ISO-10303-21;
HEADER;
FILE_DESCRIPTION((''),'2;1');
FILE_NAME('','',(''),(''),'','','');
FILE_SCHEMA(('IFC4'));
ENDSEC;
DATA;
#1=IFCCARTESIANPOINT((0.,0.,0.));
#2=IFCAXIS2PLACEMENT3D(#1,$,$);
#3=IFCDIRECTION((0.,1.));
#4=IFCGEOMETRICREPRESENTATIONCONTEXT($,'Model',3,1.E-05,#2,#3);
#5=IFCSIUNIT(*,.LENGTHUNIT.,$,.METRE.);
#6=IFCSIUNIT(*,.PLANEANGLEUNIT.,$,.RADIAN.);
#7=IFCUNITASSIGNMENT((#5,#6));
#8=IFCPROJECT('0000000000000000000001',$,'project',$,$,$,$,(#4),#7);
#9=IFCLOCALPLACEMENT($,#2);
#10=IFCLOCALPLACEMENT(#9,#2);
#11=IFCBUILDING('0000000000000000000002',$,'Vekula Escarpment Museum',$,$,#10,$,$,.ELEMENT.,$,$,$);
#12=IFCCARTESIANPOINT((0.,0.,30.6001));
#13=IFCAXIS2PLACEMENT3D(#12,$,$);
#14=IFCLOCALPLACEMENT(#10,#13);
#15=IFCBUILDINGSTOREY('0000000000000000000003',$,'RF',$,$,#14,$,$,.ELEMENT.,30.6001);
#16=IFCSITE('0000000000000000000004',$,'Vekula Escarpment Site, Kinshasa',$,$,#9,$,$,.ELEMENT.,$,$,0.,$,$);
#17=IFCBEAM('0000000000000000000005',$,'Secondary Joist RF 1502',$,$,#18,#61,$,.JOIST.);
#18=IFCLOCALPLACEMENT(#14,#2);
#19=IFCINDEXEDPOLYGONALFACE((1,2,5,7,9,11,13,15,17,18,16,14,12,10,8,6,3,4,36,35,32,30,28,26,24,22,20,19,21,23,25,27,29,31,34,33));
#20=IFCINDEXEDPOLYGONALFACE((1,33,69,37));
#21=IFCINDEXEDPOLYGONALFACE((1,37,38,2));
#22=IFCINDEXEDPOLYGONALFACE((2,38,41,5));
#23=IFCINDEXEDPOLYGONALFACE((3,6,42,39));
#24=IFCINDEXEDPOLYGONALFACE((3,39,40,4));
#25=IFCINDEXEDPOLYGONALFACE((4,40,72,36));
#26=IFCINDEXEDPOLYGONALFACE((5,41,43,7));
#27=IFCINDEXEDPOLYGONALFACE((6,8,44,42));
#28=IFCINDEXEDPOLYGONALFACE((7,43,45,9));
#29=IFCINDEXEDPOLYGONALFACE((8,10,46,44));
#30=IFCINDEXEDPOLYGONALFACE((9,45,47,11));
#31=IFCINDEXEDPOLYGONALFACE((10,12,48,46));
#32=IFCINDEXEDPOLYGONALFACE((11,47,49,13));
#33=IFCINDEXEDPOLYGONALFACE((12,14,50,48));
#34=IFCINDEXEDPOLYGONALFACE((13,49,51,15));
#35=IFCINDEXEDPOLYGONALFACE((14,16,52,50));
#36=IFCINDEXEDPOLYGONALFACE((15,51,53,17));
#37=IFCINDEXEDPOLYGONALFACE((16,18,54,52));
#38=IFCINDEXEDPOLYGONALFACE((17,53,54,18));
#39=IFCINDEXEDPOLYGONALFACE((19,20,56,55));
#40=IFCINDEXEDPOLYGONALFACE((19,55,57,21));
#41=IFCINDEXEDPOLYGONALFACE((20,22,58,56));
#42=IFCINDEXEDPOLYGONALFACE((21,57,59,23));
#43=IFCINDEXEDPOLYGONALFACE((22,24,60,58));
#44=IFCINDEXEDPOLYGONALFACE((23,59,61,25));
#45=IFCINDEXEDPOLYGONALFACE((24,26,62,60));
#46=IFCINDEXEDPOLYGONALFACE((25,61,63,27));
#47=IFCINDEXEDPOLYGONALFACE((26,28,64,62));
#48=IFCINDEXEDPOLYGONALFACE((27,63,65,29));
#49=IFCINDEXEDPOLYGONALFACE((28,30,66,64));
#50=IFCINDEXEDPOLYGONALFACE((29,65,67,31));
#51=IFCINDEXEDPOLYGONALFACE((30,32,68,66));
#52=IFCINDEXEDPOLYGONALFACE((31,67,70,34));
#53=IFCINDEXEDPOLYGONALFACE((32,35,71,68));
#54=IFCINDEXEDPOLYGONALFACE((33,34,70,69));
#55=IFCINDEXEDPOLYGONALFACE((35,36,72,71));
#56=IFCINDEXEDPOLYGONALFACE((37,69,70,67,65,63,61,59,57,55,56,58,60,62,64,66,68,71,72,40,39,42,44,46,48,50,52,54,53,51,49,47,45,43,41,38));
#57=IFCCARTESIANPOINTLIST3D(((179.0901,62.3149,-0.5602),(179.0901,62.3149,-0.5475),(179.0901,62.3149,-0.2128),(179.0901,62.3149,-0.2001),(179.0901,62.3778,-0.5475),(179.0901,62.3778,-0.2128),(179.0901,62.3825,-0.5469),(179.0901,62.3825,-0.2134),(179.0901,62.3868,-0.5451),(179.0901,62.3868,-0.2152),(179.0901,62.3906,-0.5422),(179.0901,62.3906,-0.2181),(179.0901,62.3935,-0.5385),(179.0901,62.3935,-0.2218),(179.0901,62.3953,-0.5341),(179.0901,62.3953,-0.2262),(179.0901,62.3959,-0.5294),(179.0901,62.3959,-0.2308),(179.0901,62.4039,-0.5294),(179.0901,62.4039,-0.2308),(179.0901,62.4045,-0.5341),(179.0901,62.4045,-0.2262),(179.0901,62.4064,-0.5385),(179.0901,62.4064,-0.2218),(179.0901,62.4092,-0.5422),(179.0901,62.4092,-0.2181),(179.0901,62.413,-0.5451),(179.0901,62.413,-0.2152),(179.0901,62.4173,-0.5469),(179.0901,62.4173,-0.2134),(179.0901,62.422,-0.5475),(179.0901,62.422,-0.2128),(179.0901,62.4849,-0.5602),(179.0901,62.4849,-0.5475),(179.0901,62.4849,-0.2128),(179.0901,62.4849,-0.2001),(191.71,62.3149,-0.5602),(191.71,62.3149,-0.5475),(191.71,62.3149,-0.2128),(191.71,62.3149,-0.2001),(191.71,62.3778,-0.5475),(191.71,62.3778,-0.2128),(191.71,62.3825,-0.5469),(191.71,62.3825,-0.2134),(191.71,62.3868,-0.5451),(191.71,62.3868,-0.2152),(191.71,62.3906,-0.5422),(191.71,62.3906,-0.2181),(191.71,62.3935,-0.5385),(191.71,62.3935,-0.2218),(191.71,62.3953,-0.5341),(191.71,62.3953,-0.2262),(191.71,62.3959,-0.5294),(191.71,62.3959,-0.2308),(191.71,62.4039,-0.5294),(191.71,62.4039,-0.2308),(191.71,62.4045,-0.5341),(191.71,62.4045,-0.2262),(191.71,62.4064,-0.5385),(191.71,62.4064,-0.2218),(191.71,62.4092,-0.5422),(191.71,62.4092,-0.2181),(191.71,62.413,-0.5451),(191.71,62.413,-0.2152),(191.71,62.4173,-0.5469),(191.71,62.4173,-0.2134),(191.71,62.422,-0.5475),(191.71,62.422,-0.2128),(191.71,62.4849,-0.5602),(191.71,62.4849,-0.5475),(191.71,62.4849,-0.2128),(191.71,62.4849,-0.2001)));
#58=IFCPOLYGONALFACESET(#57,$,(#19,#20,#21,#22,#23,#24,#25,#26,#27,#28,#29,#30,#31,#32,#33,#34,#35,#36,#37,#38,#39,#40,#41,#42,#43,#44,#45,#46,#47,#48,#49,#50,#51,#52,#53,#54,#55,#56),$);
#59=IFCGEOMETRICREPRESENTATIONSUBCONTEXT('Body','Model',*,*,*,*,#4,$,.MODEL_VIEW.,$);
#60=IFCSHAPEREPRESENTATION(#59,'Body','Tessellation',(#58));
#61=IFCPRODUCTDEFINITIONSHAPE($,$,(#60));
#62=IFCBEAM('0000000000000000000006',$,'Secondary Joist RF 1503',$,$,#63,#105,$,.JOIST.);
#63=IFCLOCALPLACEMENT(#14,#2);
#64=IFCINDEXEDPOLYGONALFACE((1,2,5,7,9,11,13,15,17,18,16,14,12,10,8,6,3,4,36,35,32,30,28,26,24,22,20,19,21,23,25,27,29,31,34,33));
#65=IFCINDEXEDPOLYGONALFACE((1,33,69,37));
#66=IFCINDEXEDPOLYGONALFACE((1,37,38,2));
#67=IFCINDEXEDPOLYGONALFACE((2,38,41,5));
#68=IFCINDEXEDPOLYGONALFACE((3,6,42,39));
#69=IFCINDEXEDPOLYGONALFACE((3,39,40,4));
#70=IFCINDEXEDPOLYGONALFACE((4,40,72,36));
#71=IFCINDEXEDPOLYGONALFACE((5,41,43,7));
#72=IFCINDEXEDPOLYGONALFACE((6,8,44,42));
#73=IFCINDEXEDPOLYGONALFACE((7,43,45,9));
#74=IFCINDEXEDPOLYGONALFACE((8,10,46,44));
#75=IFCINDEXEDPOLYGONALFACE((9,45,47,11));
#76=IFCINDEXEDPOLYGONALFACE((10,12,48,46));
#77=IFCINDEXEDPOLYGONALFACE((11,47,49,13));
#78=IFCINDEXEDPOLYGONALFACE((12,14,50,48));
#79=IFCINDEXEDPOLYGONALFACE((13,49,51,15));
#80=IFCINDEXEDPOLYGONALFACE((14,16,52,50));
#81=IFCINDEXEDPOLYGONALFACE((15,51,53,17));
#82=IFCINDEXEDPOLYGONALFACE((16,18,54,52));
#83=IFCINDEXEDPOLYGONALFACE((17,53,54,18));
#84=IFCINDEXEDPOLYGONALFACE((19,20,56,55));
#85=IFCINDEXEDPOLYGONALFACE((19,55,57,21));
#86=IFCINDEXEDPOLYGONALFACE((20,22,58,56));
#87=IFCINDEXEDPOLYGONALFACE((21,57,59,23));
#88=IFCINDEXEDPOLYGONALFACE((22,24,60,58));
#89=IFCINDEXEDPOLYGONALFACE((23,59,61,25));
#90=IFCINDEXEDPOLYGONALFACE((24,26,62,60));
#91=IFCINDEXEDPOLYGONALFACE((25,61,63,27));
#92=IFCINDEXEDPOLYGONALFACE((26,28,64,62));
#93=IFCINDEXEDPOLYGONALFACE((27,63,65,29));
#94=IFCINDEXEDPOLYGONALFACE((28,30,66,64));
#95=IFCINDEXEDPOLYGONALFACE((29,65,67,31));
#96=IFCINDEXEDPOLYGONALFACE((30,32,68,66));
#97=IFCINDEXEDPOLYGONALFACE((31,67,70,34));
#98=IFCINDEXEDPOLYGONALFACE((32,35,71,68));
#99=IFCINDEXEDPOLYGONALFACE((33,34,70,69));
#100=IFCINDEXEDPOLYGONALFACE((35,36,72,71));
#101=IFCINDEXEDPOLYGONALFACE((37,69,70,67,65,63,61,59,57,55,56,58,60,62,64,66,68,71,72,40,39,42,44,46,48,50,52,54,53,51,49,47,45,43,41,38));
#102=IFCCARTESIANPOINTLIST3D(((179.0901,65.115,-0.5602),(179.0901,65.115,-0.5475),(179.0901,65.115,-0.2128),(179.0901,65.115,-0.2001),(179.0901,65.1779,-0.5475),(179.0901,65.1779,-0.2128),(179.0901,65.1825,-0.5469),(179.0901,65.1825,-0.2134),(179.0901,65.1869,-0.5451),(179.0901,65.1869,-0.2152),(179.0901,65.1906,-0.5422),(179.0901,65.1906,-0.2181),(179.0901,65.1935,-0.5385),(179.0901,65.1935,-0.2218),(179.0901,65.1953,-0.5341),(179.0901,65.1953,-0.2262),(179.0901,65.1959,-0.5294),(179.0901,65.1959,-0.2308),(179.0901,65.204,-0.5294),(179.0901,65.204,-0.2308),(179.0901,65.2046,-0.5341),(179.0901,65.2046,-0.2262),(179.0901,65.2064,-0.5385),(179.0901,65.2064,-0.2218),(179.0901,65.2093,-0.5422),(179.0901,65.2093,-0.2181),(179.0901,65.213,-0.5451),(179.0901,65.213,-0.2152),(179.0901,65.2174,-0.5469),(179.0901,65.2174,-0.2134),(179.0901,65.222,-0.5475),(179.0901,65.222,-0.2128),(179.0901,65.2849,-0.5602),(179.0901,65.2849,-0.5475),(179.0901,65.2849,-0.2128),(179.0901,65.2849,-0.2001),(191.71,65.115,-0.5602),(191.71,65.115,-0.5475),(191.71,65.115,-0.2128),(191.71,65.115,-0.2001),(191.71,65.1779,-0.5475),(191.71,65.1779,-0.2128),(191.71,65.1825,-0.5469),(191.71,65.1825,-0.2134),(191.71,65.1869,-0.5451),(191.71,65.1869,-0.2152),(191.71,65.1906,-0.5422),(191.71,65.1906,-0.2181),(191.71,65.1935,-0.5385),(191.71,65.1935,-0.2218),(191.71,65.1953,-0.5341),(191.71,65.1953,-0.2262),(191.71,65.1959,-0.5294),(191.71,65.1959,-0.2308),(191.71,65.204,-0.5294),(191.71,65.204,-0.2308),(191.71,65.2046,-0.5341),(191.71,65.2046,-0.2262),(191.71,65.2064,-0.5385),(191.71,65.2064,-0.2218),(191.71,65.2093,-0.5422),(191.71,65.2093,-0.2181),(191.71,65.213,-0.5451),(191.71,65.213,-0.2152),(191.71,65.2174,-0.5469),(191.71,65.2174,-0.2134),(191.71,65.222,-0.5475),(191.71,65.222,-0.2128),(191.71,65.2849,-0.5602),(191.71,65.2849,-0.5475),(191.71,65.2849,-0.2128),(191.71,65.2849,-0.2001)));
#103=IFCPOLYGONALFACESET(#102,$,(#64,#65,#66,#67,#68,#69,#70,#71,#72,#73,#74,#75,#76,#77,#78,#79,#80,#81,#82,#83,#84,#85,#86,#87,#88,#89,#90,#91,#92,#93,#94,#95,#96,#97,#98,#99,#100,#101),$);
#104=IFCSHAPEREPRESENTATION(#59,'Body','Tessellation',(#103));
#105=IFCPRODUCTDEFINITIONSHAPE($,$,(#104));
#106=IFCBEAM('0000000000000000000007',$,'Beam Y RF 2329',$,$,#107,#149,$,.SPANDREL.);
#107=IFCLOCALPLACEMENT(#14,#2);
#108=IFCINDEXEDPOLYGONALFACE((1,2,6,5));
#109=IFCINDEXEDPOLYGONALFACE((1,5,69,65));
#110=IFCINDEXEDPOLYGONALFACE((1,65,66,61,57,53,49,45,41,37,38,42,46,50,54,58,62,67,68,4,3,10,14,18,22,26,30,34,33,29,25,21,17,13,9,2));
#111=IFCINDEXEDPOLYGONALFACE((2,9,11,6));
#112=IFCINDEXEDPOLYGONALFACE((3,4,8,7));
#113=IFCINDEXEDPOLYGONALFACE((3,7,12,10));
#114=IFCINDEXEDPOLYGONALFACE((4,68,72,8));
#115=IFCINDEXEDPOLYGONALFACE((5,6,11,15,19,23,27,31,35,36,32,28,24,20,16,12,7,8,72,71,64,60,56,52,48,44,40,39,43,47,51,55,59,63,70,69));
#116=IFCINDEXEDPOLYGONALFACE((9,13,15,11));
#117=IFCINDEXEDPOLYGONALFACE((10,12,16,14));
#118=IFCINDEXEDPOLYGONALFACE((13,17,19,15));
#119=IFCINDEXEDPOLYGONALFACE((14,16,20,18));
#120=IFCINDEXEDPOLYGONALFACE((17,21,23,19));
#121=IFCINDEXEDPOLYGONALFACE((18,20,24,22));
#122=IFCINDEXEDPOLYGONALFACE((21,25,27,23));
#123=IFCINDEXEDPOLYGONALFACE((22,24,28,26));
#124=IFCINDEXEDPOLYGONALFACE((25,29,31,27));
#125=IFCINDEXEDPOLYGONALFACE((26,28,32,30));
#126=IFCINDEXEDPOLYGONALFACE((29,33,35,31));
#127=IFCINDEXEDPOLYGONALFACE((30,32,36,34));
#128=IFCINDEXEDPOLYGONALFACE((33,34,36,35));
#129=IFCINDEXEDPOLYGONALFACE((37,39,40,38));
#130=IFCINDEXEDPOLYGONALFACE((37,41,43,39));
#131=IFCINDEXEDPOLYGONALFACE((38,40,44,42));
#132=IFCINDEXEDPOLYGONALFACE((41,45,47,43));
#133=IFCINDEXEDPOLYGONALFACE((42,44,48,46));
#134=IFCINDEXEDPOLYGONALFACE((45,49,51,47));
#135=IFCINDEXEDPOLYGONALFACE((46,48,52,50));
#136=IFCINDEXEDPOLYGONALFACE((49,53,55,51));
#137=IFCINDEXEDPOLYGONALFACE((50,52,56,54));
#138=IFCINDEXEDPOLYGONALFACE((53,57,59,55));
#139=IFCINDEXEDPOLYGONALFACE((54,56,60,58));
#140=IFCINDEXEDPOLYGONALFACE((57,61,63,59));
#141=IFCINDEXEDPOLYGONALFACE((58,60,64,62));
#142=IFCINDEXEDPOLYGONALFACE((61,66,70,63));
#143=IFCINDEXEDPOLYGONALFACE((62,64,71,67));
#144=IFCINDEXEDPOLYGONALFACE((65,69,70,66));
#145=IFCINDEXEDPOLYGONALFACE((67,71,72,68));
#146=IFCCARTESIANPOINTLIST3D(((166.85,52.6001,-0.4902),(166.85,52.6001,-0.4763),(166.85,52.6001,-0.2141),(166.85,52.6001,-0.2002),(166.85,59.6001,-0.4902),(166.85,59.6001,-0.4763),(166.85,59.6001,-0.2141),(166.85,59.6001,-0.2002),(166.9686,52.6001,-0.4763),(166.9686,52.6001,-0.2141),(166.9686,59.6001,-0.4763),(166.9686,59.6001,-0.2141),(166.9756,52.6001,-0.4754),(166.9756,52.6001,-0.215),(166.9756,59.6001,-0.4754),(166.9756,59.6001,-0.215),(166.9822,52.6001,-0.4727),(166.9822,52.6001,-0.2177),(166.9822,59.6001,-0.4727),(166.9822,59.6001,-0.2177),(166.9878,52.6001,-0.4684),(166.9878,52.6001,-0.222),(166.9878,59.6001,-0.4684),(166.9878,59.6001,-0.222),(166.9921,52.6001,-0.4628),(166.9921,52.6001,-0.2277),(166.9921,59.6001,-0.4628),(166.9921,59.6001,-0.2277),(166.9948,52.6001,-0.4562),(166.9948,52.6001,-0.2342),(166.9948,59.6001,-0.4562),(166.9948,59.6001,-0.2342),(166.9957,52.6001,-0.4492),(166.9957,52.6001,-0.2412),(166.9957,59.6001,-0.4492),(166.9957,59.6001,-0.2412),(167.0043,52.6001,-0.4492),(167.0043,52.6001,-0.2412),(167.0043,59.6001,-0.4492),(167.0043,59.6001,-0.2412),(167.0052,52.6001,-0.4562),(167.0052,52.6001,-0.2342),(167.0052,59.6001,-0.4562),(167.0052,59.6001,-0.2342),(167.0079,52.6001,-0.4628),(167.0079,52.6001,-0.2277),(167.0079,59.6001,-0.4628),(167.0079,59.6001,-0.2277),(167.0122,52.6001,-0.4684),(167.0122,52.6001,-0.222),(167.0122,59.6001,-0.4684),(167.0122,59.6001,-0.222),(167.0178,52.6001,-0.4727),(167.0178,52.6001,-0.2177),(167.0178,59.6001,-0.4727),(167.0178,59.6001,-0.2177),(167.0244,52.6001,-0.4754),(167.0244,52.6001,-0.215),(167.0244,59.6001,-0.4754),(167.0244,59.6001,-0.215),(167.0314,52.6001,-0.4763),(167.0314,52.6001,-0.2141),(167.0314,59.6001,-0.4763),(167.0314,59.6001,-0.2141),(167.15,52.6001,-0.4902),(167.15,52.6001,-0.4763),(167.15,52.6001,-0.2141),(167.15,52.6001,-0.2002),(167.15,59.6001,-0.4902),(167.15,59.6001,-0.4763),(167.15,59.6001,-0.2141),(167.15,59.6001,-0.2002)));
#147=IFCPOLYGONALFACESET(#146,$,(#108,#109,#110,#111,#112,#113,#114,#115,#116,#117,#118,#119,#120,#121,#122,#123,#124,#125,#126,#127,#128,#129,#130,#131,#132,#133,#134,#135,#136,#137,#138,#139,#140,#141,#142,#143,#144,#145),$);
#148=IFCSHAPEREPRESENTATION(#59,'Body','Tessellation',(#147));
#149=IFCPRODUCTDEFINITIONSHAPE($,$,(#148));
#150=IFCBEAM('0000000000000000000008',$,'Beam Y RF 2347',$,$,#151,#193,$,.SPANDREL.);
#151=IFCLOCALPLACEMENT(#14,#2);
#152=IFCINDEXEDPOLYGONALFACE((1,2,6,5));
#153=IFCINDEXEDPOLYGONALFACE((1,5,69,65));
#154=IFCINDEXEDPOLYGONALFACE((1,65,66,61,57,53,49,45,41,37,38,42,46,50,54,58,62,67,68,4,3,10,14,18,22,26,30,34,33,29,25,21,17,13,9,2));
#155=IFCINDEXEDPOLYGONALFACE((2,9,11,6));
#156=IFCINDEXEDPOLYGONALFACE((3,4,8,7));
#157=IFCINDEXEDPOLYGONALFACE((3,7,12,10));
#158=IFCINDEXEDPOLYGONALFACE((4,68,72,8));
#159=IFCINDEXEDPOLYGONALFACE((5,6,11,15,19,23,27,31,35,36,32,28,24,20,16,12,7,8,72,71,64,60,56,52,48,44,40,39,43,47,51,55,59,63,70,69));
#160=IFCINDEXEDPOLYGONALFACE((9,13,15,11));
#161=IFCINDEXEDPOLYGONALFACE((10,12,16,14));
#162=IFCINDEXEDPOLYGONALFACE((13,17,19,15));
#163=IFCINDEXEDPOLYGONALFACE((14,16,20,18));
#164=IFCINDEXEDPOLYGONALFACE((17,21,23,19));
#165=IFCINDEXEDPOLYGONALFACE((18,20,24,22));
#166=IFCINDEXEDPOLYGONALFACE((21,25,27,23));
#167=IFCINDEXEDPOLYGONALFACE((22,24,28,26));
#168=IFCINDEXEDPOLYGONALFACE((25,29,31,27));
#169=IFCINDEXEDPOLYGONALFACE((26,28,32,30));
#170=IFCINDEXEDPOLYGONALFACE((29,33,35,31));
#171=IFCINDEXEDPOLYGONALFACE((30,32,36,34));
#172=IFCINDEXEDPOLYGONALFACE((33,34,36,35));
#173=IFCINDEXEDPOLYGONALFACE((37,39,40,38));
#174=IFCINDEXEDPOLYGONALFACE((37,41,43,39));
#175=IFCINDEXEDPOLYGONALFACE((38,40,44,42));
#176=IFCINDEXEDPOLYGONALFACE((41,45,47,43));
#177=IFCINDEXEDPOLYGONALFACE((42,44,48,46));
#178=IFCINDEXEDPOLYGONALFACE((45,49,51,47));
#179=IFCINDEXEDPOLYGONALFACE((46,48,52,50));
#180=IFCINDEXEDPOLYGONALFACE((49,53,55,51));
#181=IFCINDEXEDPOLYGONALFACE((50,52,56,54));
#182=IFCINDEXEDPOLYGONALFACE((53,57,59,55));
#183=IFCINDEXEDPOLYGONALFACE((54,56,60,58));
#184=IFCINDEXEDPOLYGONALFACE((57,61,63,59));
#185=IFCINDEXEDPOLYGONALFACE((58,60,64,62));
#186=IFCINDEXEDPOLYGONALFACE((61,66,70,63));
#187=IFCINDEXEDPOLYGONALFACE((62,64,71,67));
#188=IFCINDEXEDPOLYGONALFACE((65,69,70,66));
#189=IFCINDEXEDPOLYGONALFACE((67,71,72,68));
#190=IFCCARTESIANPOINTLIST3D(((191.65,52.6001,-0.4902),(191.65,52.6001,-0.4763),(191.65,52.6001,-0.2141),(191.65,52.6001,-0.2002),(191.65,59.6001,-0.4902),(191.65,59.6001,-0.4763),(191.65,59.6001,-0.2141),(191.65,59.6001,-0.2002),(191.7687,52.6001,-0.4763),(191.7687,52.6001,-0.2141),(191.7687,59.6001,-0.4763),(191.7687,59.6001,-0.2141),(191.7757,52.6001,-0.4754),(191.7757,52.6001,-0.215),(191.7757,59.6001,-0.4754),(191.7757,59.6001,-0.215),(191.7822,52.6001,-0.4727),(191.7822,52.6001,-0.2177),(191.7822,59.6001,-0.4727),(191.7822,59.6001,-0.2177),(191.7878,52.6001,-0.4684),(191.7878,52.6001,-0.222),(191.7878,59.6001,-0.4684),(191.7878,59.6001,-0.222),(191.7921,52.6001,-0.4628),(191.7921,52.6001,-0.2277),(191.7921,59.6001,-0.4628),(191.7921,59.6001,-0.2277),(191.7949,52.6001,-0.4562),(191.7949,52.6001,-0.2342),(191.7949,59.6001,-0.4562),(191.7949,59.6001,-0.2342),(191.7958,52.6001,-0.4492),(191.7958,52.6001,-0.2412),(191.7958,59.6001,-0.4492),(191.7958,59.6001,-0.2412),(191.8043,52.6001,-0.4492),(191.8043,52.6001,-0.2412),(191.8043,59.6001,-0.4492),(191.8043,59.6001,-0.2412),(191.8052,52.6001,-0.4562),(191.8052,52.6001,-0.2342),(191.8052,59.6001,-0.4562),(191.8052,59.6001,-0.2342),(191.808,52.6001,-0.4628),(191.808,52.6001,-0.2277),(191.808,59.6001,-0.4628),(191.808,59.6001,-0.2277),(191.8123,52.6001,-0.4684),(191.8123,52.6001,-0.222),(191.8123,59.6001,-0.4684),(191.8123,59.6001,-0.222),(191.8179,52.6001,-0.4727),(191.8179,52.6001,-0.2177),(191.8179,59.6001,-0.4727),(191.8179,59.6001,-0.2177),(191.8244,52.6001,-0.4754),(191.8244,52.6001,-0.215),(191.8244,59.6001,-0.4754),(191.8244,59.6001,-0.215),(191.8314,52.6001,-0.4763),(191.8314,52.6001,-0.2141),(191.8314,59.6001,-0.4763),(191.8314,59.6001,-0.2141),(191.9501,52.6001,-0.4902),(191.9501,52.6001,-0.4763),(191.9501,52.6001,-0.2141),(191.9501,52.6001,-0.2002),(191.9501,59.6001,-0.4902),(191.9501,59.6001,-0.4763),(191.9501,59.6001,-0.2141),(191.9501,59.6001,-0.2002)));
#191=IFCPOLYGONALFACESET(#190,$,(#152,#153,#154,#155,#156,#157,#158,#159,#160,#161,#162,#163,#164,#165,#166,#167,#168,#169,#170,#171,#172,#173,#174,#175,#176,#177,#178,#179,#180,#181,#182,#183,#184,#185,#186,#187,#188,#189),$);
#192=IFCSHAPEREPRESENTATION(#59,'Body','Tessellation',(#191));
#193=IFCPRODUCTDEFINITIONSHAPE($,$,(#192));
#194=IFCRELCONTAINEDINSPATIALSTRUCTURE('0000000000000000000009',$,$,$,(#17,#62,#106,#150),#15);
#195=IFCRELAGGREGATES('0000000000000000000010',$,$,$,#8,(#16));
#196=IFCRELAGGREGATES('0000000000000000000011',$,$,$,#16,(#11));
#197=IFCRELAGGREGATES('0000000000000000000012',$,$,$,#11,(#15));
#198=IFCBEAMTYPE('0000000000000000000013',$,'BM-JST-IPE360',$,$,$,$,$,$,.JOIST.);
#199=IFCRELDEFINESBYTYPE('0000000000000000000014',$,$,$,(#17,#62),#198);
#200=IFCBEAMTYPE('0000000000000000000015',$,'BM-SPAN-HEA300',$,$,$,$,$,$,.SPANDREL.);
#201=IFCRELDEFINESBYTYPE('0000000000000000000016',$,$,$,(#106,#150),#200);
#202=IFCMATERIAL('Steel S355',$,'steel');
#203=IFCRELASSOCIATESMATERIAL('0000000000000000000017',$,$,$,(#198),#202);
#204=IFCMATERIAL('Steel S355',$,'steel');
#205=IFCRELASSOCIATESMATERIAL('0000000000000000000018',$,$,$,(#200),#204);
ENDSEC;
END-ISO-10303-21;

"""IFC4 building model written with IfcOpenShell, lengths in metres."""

from ifc_helpers import new_model, si_unit, direction, frame, origin, origin_2d, place, context, subcontext, project, spatial, i_section, extrude, material, material_profile, profile_set, type_object, element, save


model = new_model("IFC4")

# Units and contexts
model_context = context("Model", 3, precision=1e-05, world=origin(), true_north=direction((0.0, 1.0)))
body_context = subcontext(model_context, "Body", "Model", "MODEL_VIEW")
ifc_project = project(units=[si_unit("LENGTHUNIT", "METRE"), si_unit("PLANEANGLEUNIT", "RADIAN")], contexts=[model_context])

# Site, building, storey
site_placement = place(None, origin())
site = spatial("IfcSite", under=ifc_project, at=site_placement, Name="Vekula Escarpment Site, Kinshasa", CompositionType="ELEMENT", RefElevation=0.0)
building_placement = place(site_placement, origin())
building = spatial("IfcBuilding", under=site, at=building_placement, Name="Vekula Escarpment Museum", CompositionType="ELEMENT")
storey_placement = place(building_placement, frame((0.0, 0.0, 30.6001)))
storey = spatial("IfcBuildingStorey", under=building, at=storey_placement, Name="RF", CompositionType="ELEMENT", Elevation=30.6001)

# Beams
ifc_material_1 = material(Name="Steel S355", Category="steel")
ifc_material_profile_1 = material_profile(ifc_material_1, i_section(OverallWidth=0.1699, OverallDepth=0.3601, WebThickness=0.0081, FlangeThickness=0.0127, FilletRadius=0.0181, at=origin_2d()), Name="IPE 360")
ifc_profile_set_1 = profile_set([ifc_material_profile_1], Name="Steel S355")
beam_type_1 = type_object("IfcBeamType", Name="BM-JST-IPE360", PredefinedType="JOIST", material=ifc_profile_set_1)
for number, where, z_axis, x_axis, name in (
    (1, (179.0901, 62.3999, -0.3801), (1.0, 0.0, 0.0), (0.0, 1.0, 0.0), "Secondary Joist RF 1502"),
    (2, (179.0901, 65.2, -0.3801), (1.0, 0.0, 0.0), (0.0, 1.0, 0.0), "Secondary Joist RF 1503"),
):
    element("IfcBeam", number, at=place(storey_placement, frame(where, z_axis=z_axis, x_axis=x_axis)), inside=storey, type_object=beam_type_1, Name=name, PredefinedType="JOIST", context=body_context, shape_type="SweptSolid", body=[
        extrude(i_section(OverallWidth=0.1699, OverallDepth=0.3601, WebThickness=0.0081, FlangeThickness=0.0127, FilletRadius=0.0181, at=origin_2d()), origin(), (0.0, 0.0, 1.0), 12.6199),
    ])
ifc_material_2 = material(Name="Steel S355", Category="steel")
ifc_material_profile_2 = material_profile(ifc_material_2, i_section(OverallWidth=0.3, OverallDepth=0.29, WebThickness=0.0085, FlangeThickness=0.0139, FilletRadius=0.0271, at=origin_2d()), Name="HEA 300")
ifc_profile_set_2 = profile_set([ifc_material_profile_2], Name="Steel S355")
beam_type_2 = type_object("IfcBeamType", Name="BM-SPAN-HEA300", PredefinedType="SPANDREL", material=ifc_profile_set_2)
for number, where, z_axis, x_axis, name in (
    (3, (167.0, 52.6001, -0.3452), (0.0, 1.0, 0.0), (-1.0, 0.0, 0.0), "Beam Y RF 2329"),
    (4, (191.8, 52.6001, -0.3452), (0.0, 1.0, 0.0), (-1.0, 0.0, 0.0), "Beam Y RF 2347"),
):
    element("IfcBeam", number, at=place(storey_placement, frame(where, z_axis=z_axis, x_axis=x_axis)), inside=storey, type_object=beam_type_2, Name=name, PredefinedType="SPANDREL", context=body_context, shape_type="SweptSolid", body=[
        extrude(i_section(OverallWidth=0.3, OverallDepth=0.29, WebThickness=0.0085, FlangeThickness=0.0139, FilletRadius=0.0271, at=origin_2d()), origin(), (0.0, 0.0, 1.0), 7.0),
    ])

save(model, "model.ifc")
